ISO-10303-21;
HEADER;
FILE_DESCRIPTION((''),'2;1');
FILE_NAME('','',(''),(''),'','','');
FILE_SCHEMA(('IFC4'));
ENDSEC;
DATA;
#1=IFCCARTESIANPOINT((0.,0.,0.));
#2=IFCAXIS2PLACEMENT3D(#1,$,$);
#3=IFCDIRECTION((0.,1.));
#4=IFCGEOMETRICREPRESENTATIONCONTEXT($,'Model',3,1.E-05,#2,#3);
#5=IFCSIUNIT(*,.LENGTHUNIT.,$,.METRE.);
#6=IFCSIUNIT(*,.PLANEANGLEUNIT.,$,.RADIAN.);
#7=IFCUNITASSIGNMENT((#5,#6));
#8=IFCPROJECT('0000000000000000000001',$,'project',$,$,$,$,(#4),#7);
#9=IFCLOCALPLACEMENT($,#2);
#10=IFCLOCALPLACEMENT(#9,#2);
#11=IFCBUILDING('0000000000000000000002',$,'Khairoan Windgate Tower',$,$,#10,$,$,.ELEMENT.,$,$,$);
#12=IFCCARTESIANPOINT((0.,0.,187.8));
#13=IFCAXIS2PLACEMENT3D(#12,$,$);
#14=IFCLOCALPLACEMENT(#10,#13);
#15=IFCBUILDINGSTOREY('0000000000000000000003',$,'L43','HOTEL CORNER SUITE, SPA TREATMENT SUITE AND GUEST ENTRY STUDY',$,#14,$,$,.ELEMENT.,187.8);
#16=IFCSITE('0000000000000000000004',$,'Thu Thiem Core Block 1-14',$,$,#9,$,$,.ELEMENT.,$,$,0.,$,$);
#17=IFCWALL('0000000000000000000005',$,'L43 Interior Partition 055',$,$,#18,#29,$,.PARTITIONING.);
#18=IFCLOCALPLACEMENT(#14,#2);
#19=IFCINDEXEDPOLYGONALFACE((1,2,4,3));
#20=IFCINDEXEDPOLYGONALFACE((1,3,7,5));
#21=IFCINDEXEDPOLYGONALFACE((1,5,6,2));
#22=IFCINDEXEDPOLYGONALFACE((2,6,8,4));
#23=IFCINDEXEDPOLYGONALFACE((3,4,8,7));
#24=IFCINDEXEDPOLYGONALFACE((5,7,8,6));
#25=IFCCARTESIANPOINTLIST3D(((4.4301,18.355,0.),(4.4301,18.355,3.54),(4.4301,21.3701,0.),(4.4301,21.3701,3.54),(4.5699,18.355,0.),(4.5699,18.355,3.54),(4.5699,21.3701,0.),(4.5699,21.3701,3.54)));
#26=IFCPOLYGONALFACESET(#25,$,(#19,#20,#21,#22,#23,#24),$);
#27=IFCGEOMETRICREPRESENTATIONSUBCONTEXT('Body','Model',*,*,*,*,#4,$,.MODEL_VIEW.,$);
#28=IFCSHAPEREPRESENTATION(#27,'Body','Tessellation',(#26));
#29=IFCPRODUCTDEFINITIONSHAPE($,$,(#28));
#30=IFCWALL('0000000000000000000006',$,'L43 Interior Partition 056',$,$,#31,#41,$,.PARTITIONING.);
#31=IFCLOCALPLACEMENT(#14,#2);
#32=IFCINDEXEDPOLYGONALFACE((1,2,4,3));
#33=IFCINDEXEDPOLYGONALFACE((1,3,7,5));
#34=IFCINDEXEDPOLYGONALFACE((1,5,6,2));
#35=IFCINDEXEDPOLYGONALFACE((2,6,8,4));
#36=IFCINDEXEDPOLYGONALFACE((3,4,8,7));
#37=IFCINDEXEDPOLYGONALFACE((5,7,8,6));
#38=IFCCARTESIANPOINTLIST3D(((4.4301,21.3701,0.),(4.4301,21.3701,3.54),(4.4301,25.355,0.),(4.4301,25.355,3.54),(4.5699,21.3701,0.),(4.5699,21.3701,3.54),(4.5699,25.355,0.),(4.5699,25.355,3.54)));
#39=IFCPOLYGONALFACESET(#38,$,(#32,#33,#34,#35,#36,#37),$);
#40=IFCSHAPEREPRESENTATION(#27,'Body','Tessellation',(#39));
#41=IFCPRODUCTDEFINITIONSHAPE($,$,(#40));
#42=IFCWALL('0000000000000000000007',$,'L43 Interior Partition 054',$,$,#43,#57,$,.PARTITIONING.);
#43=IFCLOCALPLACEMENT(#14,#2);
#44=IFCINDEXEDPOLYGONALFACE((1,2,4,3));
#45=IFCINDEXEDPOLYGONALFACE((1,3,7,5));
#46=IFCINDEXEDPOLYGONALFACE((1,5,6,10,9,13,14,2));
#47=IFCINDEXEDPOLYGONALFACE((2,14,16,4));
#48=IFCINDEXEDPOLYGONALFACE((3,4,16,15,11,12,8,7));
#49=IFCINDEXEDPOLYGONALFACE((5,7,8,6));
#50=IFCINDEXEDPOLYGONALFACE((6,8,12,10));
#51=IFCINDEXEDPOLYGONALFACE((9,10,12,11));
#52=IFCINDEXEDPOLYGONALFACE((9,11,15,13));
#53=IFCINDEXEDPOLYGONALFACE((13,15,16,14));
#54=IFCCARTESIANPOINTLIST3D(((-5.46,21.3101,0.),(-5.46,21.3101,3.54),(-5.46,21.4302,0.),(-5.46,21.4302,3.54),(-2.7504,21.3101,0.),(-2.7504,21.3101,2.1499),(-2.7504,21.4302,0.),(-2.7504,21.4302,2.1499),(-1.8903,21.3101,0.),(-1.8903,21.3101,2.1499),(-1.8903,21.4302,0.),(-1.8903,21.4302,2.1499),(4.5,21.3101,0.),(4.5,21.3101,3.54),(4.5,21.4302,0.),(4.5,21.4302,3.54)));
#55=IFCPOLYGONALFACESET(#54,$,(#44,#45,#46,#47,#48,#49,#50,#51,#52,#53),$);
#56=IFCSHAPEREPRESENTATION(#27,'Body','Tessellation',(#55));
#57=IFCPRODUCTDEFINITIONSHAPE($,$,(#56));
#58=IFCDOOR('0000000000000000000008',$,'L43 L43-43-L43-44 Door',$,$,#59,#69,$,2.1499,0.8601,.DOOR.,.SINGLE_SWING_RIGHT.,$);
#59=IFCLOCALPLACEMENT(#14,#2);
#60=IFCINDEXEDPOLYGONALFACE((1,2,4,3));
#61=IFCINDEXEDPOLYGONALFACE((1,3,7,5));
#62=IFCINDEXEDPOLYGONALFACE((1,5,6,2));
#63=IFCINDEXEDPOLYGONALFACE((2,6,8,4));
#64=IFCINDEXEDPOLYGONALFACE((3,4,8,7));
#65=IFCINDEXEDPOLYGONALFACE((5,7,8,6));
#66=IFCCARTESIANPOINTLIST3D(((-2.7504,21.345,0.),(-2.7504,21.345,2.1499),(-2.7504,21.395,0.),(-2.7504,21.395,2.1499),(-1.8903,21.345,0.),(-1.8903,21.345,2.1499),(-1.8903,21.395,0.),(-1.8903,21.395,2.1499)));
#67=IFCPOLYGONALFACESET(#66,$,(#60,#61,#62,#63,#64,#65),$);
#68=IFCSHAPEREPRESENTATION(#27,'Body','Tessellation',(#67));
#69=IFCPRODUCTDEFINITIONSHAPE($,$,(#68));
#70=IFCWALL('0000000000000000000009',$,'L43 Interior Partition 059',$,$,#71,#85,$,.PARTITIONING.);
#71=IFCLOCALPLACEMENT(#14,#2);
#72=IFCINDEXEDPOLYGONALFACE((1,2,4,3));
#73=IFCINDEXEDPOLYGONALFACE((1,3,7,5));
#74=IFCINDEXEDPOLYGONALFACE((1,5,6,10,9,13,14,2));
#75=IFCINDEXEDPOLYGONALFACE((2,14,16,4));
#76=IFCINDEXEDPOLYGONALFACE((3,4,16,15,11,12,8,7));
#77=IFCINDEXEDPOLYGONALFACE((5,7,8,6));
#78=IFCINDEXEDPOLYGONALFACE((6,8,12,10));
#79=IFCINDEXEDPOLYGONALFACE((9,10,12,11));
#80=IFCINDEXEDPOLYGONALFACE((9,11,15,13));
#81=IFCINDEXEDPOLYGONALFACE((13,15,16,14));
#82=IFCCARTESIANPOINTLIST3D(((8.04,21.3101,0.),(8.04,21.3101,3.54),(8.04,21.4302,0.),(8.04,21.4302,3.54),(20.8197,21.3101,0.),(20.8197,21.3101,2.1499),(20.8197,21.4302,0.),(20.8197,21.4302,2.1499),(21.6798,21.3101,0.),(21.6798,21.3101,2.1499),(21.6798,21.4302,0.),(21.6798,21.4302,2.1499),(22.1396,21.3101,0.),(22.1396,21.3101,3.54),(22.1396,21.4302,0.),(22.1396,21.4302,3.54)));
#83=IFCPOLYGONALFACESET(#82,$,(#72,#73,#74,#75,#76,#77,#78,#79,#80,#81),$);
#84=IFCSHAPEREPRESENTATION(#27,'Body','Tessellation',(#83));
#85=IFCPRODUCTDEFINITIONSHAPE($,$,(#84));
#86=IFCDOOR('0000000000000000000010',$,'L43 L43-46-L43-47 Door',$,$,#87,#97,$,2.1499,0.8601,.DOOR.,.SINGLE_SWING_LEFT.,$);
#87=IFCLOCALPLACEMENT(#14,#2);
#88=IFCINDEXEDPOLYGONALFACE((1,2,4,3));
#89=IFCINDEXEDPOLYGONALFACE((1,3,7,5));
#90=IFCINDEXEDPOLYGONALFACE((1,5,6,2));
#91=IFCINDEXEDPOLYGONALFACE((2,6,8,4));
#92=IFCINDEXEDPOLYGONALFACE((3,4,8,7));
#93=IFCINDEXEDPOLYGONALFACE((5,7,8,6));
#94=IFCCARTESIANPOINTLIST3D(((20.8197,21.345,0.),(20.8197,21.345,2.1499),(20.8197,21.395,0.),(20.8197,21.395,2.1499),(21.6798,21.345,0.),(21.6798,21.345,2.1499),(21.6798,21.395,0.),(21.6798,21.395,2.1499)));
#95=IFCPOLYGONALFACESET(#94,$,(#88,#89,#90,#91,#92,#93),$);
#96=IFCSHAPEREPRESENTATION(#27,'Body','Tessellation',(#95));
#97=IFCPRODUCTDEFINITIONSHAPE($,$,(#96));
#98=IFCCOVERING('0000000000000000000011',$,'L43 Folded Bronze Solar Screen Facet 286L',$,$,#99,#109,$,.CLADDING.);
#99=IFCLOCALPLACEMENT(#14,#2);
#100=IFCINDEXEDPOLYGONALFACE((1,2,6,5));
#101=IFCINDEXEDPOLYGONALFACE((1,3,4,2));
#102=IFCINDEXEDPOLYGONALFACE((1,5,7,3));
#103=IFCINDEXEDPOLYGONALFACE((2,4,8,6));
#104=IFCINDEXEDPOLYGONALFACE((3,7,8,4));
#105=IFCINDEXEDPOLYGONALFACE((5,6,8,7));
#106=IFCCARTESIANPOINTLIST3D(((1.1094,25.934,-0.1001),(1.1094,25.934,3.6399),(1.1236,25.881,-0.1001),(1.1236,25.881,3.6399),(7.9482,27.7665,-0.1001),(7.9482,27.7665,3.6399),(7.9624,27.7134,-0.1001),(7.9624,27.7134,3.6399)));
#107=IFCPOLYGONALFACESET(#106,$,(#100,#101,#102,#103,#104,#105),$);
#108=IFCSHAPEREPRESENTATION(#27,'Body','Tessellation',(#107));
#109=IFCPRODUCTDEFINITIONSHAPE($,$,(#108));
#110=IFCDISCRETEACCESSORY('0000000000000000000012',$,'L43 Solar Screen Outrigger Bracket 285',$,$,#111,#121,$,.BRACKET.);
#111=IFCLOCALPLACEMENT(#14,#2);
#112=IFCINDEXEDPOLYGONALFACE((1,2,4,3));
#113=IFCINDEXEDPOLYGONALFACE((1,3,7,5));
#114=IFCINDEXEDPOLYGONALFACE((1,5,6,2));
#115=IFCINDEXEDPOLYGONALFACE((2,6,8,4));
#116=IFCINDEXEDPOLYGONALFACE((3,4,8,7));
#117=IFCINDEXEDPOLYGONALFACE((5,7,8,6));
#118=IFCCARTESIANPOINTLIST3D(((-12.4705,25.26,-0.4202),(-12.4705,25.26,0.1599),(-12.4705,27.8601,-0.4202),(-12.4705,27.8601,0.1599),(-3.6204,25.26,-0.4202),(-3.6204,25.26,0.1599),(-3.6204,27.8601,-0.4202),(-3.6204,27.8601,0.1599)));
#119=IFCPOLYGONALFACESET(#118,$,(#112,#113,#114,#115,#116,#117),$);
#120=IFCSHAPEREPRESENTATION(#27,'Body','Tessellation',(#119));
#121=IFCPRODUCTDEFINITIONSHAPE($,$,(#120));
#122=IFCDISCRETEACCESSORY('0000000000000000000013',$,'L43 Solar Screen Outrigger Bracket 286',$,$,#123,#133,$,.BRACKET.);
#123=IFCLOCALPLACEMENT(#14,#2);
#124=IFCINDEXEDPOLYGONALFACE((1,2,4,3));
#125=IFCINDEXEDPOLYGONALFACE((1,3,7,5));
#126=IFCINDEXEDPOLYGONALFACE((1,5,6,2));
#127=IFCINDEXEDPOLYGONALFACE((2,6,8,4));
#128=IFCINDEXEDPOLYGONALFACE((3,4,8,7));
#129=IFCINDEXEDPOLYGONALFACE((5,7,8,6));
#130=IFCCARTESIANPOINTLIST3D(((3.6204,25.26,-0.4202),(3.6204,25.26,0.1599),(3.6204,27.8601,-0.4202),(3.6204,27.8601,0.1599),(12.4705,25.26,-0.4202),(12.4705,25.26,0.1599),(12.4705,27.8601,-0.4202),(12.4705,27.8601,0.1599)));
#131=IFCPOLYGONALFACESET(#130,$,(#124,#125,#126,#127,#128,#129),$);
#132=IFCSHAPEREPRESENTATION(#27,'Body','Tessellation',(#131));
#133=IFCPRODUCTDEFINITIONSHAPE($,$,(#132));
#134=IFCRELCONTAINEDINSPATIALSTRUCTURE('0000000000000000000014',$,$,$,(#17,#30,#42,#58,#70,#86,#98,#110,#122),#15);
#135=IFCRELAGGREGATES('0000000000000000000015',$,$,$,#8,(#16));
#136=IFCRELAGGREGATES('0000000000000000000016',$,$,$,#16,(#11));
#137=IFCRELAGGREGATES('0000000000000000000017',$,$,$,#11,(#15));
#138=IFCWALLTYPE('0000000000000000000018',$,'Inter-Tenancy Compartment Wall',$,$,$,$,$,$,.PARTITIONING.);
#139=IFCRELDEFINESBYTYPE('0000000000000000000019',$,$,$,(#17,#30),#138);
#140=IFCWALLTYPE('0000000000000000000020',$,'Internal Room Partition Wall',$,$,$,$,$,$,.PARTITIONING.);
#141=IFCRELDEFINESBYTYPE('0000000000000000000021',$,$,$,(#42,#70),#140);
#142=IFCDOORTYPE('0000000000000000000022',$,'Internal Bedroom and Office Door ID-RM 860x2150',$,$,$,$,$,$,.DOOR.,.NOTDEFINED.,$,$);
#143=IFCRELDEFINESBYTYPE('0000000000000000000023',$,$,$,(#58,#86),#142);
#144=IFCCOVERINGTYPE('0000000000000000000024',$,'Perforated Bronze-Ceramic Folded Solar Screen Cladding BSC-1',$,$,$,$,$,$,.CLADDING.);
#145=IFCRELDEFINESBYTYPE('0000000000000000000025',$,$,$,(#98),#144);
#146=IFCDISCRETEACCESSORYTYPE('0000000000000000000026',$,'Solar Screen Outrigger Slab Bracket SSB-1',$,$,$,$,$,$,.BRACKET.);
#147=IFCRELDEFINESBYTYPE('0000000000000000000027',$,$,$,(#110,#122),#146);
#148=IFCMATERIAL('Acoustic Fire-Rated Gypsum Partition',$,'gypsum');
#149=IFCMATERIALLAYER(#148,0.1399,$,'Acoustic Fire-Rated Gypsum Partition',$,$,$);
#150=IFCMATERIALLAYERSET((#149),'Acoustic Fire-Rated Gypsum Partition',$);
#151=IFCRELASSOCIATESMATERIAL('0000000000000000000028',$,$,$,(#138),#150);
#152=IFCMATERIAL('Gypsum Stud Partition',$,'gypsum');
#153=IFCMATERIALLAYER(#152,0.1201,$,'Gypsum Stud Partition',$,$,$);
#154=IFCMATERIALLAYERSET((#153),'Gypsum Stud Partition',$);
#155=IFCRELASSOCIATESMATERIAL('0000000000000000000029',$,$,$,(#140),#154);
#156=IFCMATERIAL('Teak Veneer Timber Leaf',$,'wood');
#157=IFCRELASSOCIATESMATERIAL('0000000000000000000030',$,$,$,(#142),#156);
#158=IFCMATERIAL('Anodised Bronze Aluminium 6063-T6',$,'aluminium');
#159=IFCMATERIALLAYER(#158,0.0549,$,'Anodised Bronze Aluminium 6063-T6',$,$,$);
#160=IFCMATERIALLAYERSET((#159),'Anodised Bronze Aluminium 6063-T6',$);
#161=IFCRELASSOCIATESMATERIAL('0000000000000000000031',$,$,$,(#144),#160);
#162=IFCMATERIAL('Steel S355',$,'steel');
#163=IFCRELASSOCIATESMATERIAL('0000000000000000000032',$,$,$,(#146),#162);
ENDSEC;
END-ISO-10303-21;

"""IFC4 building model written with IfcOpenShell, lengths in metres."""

from ifc_helpers import new_model, si_unit, direction, frame, frame_2d, origin, origin_2d, place, context, subcontext, project, spatial, rectangle, extrude, material, layer, layer_set, type_object, element, fill, save


model = new_model("IFC4")

# Units and contexts
model_context = context("Model", 3, precision=1e-05, world=origin(), true_north=direction((0.0, 1.0)))
body_context = subcontext(model_context, "Body", "Model", "MODEL_VIEW")
ifc_project = project(units=[si_unit("LENGTHUNIT", "METRE"), si_unit("PLANEANGLEUNIT", "RADIAN")], contexts=[model_context])

# Site, building, storey
site_placement = place(None, origin())
site = spatial("IfcSite", under=ifc_project, at=site_placement, Name="Thu Thiem Core Block 1-14", CompositionType="ELEMENT", RefElevation=0.0)
building_placement = place(site_placement, origin())
building = spatial("IfcBuilding", under=site, at=building_placement, Name="Khairoan Windgate Tower", CompositionType="ELEMENT")
storey_placement = place(building_placement, frame((0.0, 0.0, 187.8)))
storey = spatial("IfcBuildingStorey", under=building, at=storey_placement, Name="L43", Description="HOTEL CORNER SUITE, SPA TREATMENT SUITE AND GUEST ENTRY STUDY", CompositionType="ELEMENT", Elevation=187.8)

# Walls
ifc_material_1 = material(Name="Acoustic Fire-Rated Gypsum Partition", Category="gypsum")
ifc_layer_1 = layer(ifc_material_1, 0.1399, Name="Acoustic Fire-Rated Gypsum Partition")
ifc_layer_set_1 = layer_set([ifc_layer_1], Name="Acoustic Fire-Rated Gypsum Partition")
wall_type_1 = type_object("IfcWallType", Name="Inter-Tenancy Compartment Wall", PredefinedType="PARTITIONING", material=ifc_layer_set_1)
wall_1_placement = place(storey_placement, frame((4.5, 18.355, 0.0), z_axis=(0.0, 0.0, 1.0), x_axis=(0.0, 1.0, 0.0)))
element("IfcWall", 1, at=wall_1_placement, inside=storey, type_object=wall_type_1, Name="L43 Interior Partition 055", PredefinedType="PARTITIONING", context=body_context, shape_type="SweptSolid", body=[
    extrude(rectangle(XDim=3.0151, YDim=0.1399, at=frame_2d((1.5076, 0.0))), origin(), (0.0, 0.0, 1.0), 3.54),
])
wall_2_placement = place(storey_placement, frame((4.5, 21.3701, 0.0), z_axis=(0.0, 0.0, 1.0), x_axis=(0.0, 1.0, 0.0)))
element("IfcWall", 2, at=wall_2_placement, inside=storey, type_object=wall_type_1, Name="L43 Interior Partition 056", PredefinedType="PARTITIONING", context=body_context, shape_type="SweptSolid", body=[
    extrude(rectangle(XDim=3.9849, YDim=0.1399, at=frame_2d((1.9924, 0.0))), origin(), (0.0, 0.0, 1.0), 3.54),
])

# Walls, openings, doors
ifc_material_2 = material(Name="Gypsum Stud Partition", Category="gypsum")
ifc_layer_2 = layer(ifc_material_2, 0.1201, Name="Gypsum Stud Partition")
ifc_layer_set_2 = layer_set([ifc_layer_2], Name="Gypsum Stud Partition")
wall_type_2 = type_object("IfcWallType", Name="Internal Room Partition Wall", PredefinedType="PARTITIONING", material=ifc_layer_set_2)
wall_3_placement = place(storey_placement, frame((-5.46, 21.3701, 0.0), z_axis=(0.0, 0.0, 1.0), x_axis=(1.0, 0.0, 0.0)))
wall_3 = element("IfcWall", 3, at=wall_3_placement, inside=storey, type_object=wall_type_2, Name="L43 Interior Partition 054", PredefinedType="PARTITIONING", context=body_context, shape_type="SweptSolid", body=[
    extrude(rectangle(XDim=9.96, YDim=0.1201, at=frame_2d((4.98, 0.0))), origin(), (0.0, 0.0, 1.0), 3.54),
])
opening_1_placement = place(wall_3_placement, frame((2.7095, 0.0, 0.0)))
opening_1 = element("IfcOpeningElement", 4, at=opening_1_placement, cuts=wall_3, PredefinedType="OPENING", context=body_context, shape_type="SweptSolid", body=[
    extrude(rectangle(XDim=0.8601, YDim=2.1499, at=frame_2d((0.4302, 1.075))), frame((0.0, 0.0701, 0.0), z_axis=(0.0, -1.0, 0.0), x_axis=(1.0, 0.0, 0.0)), (0.0, 0.0, 1.0), 0.1401),
])
ifc_material_3 = material(Name="Teak Veneer Timber Leaf", Category="wood")
door_type_1 = type_object("IfcDoorType", Name="Internal Bedroom and Office Door ID-RM 860x2150", OperationType="NOTDEFINED", PredefinedType="DOOR", material=ifc_material_3)
door_1_placement = place(opening_1_placement, origin())
door_1 = element("IfcDoor", 5, at=door_1_placement, inside=storey, type_object=door_type_1, Name="L43 L43-43-L43-44 Door", OperationType="SINGLE_SWING_RIGHT", OverallHeight=2.1499, OverallWidth=0.8601, PredefinedType="DOOR", context=body_context, shape_type="SweptSolid", body=[
    extrude(rectangle(XDim=0.8601, YDim=2.1499, at=frame_2d((0.4302, 1.075))), frame((0.0, 0.0249, 0.0), z_axis=(0.0, -1.0, 0.0), x_axis=(1.0, 0.0, 0.0)), (0.0, 0.0, 1.0), 0.05),
])
fill(opening_1, door_1)
wall_4_placement = place(storey_placement, frame((8.04, 21.3701, 0.0), z_axis=(0.0, 0.0, 1.0), x_axis=(1.0, 0.0, 0.0)))
wall_4 = element("IfcWall", 6, at=wall_4_placement, inside=storey, type_object=wall_type_2, Name="L43 Interior Partition 059", PredefinedType="PARTITIONING", context=body_context, shape_type="SweptSolid", body=[
    extrude(rectangle(XDim=14.0996, YDim=0.1201, at=frame_2d((7.0498, 0.0))), origin(), (0.0, 0.0, 1.0), 3.54),
])
opening_2_placement = place(wall_4_placement, frame((12.7795, 0.0, 0.0)))
opening_2 = element("IfcOpeningElement", 7, at=opening_2_placement, cuts=wall_4, PredefinedType="OPENING", context=body_context, shape_type="SweptSolid", body=[
    extrude(rectangle(XDim=0.8601, YDim=2.1499, at=frame_2d((0.4302, 1.075))), frame((0.0, 0.0701, 0.0), z_axis=(0.0, -1.0, 0.0), x_axis=(1.0, 0.0, 0.0)), (0.0, 0.0, 1.0), 0.1401),
])
door_2_placement = place(opening_2_placement, origin())
door_2 = element("IfcDoor", 8, at=door_2_placement, inside=storey, type_object=door_type_1, Name="L43 L43-46-L43-47 Door", OperationType="SINGLE_SWING_LEFT", OverallHeight=2.1499, OverallWidth=0.8601, PredefinedType="DOOR", context=body_context, shape_type="SweptSolid", body=[
    extrude(rectangle(XDim=0.8601, YDim=2.1499, at=frame_2d((0.4302, 1.075))), frame((0.0, 0.0249, 0.0), z_axis=(0.0, -1.0, 0.0), x_axis=(1.0, 0.0, 0.0)), (0.0, 0.0, 1.0), 0.05),
])
fill(opening_2, door_2)

# Covering
ifc_material_4 = material(Name="Anodised Bronze Aluminium 6063-T6", Category="aluminium")
ifc_layer_3 = layer(ifc_material_4, 0.0549, Name="Anodised Bronze Aluminium 6063-T6")
ifc_layer_set_3 = layer_set([ifc_layer_3], Name="Anodised Bronze Aluminium 6063-T6")
covering_type = type_object("IfcCoveringType", Name="Perforated Bronze-Ceramic Folded Solar Screen Cladding BSC-1", PredefinedType="CLADDING", material=ifc_layer_set_3)
covering_placement = place(storey_placement, frame((4.5359, 26.8237, -0.1001), z_axis=(0.0, 0.0, 1.0), x_axis=(0.965926, 0.258819, 0.0)))
element("IfcCovering", 9, at=covering_placement, inside=storey, type_object=covering_type, Name="L43 Folded Bronze Solar Screen Facet 286L", PredefinedType="CLADDING", context=body_context, shape_type="SweptSolid", body=[
    extrude(rectangle(XDim=7.0801, YDim=0.0549, at=origin_2d()), origin(), (0.0, 0.0, 1.0), 3.74),
])

# Discrete accessories
ifc_material_5 = material(Name="Steel S355", Category="steel")
discrete_accessory_type = type_object("IfcDiscreteAccessoryType", Name="Solar Screen Outrigger Slab Bracket SSB-1", PredefinedType="BRACKET", material=ifc_material_5)
for number, where, z_axis, x_axis, name in (
    (10, (-8.0454, 26.5601, -0.4202), (0.0, 0.0, 1.0), (1.0, 0.0, 0.0), "L43 Solar Screen Outrigger Bracket 285"),
    (11, (8.0454, 26.5601, -0.4202), (0.0, 0.0, 1.0), (1.0, 0.0, 0.0), "L43 Solar Screen Outrigger Bracket 286"),
):
    element("IfcDiscreteAccessory", number, at=place(storey_placement, frame(where, z_axis=z_axis, x_axis=x_axis)), inside=storey, type_object=discrete_accessory_type, Name=name, PredefinedType="BRACKET", context=body_context, shape_type="SweptSolid", body=[
        extrude(rectangle(XDim=8.8501, YDim=2.6001, at=origin_2d()), origin(), (0.0, 0.0, 1.0), 0.5801),
    ])

save(model, "model.ifc")
